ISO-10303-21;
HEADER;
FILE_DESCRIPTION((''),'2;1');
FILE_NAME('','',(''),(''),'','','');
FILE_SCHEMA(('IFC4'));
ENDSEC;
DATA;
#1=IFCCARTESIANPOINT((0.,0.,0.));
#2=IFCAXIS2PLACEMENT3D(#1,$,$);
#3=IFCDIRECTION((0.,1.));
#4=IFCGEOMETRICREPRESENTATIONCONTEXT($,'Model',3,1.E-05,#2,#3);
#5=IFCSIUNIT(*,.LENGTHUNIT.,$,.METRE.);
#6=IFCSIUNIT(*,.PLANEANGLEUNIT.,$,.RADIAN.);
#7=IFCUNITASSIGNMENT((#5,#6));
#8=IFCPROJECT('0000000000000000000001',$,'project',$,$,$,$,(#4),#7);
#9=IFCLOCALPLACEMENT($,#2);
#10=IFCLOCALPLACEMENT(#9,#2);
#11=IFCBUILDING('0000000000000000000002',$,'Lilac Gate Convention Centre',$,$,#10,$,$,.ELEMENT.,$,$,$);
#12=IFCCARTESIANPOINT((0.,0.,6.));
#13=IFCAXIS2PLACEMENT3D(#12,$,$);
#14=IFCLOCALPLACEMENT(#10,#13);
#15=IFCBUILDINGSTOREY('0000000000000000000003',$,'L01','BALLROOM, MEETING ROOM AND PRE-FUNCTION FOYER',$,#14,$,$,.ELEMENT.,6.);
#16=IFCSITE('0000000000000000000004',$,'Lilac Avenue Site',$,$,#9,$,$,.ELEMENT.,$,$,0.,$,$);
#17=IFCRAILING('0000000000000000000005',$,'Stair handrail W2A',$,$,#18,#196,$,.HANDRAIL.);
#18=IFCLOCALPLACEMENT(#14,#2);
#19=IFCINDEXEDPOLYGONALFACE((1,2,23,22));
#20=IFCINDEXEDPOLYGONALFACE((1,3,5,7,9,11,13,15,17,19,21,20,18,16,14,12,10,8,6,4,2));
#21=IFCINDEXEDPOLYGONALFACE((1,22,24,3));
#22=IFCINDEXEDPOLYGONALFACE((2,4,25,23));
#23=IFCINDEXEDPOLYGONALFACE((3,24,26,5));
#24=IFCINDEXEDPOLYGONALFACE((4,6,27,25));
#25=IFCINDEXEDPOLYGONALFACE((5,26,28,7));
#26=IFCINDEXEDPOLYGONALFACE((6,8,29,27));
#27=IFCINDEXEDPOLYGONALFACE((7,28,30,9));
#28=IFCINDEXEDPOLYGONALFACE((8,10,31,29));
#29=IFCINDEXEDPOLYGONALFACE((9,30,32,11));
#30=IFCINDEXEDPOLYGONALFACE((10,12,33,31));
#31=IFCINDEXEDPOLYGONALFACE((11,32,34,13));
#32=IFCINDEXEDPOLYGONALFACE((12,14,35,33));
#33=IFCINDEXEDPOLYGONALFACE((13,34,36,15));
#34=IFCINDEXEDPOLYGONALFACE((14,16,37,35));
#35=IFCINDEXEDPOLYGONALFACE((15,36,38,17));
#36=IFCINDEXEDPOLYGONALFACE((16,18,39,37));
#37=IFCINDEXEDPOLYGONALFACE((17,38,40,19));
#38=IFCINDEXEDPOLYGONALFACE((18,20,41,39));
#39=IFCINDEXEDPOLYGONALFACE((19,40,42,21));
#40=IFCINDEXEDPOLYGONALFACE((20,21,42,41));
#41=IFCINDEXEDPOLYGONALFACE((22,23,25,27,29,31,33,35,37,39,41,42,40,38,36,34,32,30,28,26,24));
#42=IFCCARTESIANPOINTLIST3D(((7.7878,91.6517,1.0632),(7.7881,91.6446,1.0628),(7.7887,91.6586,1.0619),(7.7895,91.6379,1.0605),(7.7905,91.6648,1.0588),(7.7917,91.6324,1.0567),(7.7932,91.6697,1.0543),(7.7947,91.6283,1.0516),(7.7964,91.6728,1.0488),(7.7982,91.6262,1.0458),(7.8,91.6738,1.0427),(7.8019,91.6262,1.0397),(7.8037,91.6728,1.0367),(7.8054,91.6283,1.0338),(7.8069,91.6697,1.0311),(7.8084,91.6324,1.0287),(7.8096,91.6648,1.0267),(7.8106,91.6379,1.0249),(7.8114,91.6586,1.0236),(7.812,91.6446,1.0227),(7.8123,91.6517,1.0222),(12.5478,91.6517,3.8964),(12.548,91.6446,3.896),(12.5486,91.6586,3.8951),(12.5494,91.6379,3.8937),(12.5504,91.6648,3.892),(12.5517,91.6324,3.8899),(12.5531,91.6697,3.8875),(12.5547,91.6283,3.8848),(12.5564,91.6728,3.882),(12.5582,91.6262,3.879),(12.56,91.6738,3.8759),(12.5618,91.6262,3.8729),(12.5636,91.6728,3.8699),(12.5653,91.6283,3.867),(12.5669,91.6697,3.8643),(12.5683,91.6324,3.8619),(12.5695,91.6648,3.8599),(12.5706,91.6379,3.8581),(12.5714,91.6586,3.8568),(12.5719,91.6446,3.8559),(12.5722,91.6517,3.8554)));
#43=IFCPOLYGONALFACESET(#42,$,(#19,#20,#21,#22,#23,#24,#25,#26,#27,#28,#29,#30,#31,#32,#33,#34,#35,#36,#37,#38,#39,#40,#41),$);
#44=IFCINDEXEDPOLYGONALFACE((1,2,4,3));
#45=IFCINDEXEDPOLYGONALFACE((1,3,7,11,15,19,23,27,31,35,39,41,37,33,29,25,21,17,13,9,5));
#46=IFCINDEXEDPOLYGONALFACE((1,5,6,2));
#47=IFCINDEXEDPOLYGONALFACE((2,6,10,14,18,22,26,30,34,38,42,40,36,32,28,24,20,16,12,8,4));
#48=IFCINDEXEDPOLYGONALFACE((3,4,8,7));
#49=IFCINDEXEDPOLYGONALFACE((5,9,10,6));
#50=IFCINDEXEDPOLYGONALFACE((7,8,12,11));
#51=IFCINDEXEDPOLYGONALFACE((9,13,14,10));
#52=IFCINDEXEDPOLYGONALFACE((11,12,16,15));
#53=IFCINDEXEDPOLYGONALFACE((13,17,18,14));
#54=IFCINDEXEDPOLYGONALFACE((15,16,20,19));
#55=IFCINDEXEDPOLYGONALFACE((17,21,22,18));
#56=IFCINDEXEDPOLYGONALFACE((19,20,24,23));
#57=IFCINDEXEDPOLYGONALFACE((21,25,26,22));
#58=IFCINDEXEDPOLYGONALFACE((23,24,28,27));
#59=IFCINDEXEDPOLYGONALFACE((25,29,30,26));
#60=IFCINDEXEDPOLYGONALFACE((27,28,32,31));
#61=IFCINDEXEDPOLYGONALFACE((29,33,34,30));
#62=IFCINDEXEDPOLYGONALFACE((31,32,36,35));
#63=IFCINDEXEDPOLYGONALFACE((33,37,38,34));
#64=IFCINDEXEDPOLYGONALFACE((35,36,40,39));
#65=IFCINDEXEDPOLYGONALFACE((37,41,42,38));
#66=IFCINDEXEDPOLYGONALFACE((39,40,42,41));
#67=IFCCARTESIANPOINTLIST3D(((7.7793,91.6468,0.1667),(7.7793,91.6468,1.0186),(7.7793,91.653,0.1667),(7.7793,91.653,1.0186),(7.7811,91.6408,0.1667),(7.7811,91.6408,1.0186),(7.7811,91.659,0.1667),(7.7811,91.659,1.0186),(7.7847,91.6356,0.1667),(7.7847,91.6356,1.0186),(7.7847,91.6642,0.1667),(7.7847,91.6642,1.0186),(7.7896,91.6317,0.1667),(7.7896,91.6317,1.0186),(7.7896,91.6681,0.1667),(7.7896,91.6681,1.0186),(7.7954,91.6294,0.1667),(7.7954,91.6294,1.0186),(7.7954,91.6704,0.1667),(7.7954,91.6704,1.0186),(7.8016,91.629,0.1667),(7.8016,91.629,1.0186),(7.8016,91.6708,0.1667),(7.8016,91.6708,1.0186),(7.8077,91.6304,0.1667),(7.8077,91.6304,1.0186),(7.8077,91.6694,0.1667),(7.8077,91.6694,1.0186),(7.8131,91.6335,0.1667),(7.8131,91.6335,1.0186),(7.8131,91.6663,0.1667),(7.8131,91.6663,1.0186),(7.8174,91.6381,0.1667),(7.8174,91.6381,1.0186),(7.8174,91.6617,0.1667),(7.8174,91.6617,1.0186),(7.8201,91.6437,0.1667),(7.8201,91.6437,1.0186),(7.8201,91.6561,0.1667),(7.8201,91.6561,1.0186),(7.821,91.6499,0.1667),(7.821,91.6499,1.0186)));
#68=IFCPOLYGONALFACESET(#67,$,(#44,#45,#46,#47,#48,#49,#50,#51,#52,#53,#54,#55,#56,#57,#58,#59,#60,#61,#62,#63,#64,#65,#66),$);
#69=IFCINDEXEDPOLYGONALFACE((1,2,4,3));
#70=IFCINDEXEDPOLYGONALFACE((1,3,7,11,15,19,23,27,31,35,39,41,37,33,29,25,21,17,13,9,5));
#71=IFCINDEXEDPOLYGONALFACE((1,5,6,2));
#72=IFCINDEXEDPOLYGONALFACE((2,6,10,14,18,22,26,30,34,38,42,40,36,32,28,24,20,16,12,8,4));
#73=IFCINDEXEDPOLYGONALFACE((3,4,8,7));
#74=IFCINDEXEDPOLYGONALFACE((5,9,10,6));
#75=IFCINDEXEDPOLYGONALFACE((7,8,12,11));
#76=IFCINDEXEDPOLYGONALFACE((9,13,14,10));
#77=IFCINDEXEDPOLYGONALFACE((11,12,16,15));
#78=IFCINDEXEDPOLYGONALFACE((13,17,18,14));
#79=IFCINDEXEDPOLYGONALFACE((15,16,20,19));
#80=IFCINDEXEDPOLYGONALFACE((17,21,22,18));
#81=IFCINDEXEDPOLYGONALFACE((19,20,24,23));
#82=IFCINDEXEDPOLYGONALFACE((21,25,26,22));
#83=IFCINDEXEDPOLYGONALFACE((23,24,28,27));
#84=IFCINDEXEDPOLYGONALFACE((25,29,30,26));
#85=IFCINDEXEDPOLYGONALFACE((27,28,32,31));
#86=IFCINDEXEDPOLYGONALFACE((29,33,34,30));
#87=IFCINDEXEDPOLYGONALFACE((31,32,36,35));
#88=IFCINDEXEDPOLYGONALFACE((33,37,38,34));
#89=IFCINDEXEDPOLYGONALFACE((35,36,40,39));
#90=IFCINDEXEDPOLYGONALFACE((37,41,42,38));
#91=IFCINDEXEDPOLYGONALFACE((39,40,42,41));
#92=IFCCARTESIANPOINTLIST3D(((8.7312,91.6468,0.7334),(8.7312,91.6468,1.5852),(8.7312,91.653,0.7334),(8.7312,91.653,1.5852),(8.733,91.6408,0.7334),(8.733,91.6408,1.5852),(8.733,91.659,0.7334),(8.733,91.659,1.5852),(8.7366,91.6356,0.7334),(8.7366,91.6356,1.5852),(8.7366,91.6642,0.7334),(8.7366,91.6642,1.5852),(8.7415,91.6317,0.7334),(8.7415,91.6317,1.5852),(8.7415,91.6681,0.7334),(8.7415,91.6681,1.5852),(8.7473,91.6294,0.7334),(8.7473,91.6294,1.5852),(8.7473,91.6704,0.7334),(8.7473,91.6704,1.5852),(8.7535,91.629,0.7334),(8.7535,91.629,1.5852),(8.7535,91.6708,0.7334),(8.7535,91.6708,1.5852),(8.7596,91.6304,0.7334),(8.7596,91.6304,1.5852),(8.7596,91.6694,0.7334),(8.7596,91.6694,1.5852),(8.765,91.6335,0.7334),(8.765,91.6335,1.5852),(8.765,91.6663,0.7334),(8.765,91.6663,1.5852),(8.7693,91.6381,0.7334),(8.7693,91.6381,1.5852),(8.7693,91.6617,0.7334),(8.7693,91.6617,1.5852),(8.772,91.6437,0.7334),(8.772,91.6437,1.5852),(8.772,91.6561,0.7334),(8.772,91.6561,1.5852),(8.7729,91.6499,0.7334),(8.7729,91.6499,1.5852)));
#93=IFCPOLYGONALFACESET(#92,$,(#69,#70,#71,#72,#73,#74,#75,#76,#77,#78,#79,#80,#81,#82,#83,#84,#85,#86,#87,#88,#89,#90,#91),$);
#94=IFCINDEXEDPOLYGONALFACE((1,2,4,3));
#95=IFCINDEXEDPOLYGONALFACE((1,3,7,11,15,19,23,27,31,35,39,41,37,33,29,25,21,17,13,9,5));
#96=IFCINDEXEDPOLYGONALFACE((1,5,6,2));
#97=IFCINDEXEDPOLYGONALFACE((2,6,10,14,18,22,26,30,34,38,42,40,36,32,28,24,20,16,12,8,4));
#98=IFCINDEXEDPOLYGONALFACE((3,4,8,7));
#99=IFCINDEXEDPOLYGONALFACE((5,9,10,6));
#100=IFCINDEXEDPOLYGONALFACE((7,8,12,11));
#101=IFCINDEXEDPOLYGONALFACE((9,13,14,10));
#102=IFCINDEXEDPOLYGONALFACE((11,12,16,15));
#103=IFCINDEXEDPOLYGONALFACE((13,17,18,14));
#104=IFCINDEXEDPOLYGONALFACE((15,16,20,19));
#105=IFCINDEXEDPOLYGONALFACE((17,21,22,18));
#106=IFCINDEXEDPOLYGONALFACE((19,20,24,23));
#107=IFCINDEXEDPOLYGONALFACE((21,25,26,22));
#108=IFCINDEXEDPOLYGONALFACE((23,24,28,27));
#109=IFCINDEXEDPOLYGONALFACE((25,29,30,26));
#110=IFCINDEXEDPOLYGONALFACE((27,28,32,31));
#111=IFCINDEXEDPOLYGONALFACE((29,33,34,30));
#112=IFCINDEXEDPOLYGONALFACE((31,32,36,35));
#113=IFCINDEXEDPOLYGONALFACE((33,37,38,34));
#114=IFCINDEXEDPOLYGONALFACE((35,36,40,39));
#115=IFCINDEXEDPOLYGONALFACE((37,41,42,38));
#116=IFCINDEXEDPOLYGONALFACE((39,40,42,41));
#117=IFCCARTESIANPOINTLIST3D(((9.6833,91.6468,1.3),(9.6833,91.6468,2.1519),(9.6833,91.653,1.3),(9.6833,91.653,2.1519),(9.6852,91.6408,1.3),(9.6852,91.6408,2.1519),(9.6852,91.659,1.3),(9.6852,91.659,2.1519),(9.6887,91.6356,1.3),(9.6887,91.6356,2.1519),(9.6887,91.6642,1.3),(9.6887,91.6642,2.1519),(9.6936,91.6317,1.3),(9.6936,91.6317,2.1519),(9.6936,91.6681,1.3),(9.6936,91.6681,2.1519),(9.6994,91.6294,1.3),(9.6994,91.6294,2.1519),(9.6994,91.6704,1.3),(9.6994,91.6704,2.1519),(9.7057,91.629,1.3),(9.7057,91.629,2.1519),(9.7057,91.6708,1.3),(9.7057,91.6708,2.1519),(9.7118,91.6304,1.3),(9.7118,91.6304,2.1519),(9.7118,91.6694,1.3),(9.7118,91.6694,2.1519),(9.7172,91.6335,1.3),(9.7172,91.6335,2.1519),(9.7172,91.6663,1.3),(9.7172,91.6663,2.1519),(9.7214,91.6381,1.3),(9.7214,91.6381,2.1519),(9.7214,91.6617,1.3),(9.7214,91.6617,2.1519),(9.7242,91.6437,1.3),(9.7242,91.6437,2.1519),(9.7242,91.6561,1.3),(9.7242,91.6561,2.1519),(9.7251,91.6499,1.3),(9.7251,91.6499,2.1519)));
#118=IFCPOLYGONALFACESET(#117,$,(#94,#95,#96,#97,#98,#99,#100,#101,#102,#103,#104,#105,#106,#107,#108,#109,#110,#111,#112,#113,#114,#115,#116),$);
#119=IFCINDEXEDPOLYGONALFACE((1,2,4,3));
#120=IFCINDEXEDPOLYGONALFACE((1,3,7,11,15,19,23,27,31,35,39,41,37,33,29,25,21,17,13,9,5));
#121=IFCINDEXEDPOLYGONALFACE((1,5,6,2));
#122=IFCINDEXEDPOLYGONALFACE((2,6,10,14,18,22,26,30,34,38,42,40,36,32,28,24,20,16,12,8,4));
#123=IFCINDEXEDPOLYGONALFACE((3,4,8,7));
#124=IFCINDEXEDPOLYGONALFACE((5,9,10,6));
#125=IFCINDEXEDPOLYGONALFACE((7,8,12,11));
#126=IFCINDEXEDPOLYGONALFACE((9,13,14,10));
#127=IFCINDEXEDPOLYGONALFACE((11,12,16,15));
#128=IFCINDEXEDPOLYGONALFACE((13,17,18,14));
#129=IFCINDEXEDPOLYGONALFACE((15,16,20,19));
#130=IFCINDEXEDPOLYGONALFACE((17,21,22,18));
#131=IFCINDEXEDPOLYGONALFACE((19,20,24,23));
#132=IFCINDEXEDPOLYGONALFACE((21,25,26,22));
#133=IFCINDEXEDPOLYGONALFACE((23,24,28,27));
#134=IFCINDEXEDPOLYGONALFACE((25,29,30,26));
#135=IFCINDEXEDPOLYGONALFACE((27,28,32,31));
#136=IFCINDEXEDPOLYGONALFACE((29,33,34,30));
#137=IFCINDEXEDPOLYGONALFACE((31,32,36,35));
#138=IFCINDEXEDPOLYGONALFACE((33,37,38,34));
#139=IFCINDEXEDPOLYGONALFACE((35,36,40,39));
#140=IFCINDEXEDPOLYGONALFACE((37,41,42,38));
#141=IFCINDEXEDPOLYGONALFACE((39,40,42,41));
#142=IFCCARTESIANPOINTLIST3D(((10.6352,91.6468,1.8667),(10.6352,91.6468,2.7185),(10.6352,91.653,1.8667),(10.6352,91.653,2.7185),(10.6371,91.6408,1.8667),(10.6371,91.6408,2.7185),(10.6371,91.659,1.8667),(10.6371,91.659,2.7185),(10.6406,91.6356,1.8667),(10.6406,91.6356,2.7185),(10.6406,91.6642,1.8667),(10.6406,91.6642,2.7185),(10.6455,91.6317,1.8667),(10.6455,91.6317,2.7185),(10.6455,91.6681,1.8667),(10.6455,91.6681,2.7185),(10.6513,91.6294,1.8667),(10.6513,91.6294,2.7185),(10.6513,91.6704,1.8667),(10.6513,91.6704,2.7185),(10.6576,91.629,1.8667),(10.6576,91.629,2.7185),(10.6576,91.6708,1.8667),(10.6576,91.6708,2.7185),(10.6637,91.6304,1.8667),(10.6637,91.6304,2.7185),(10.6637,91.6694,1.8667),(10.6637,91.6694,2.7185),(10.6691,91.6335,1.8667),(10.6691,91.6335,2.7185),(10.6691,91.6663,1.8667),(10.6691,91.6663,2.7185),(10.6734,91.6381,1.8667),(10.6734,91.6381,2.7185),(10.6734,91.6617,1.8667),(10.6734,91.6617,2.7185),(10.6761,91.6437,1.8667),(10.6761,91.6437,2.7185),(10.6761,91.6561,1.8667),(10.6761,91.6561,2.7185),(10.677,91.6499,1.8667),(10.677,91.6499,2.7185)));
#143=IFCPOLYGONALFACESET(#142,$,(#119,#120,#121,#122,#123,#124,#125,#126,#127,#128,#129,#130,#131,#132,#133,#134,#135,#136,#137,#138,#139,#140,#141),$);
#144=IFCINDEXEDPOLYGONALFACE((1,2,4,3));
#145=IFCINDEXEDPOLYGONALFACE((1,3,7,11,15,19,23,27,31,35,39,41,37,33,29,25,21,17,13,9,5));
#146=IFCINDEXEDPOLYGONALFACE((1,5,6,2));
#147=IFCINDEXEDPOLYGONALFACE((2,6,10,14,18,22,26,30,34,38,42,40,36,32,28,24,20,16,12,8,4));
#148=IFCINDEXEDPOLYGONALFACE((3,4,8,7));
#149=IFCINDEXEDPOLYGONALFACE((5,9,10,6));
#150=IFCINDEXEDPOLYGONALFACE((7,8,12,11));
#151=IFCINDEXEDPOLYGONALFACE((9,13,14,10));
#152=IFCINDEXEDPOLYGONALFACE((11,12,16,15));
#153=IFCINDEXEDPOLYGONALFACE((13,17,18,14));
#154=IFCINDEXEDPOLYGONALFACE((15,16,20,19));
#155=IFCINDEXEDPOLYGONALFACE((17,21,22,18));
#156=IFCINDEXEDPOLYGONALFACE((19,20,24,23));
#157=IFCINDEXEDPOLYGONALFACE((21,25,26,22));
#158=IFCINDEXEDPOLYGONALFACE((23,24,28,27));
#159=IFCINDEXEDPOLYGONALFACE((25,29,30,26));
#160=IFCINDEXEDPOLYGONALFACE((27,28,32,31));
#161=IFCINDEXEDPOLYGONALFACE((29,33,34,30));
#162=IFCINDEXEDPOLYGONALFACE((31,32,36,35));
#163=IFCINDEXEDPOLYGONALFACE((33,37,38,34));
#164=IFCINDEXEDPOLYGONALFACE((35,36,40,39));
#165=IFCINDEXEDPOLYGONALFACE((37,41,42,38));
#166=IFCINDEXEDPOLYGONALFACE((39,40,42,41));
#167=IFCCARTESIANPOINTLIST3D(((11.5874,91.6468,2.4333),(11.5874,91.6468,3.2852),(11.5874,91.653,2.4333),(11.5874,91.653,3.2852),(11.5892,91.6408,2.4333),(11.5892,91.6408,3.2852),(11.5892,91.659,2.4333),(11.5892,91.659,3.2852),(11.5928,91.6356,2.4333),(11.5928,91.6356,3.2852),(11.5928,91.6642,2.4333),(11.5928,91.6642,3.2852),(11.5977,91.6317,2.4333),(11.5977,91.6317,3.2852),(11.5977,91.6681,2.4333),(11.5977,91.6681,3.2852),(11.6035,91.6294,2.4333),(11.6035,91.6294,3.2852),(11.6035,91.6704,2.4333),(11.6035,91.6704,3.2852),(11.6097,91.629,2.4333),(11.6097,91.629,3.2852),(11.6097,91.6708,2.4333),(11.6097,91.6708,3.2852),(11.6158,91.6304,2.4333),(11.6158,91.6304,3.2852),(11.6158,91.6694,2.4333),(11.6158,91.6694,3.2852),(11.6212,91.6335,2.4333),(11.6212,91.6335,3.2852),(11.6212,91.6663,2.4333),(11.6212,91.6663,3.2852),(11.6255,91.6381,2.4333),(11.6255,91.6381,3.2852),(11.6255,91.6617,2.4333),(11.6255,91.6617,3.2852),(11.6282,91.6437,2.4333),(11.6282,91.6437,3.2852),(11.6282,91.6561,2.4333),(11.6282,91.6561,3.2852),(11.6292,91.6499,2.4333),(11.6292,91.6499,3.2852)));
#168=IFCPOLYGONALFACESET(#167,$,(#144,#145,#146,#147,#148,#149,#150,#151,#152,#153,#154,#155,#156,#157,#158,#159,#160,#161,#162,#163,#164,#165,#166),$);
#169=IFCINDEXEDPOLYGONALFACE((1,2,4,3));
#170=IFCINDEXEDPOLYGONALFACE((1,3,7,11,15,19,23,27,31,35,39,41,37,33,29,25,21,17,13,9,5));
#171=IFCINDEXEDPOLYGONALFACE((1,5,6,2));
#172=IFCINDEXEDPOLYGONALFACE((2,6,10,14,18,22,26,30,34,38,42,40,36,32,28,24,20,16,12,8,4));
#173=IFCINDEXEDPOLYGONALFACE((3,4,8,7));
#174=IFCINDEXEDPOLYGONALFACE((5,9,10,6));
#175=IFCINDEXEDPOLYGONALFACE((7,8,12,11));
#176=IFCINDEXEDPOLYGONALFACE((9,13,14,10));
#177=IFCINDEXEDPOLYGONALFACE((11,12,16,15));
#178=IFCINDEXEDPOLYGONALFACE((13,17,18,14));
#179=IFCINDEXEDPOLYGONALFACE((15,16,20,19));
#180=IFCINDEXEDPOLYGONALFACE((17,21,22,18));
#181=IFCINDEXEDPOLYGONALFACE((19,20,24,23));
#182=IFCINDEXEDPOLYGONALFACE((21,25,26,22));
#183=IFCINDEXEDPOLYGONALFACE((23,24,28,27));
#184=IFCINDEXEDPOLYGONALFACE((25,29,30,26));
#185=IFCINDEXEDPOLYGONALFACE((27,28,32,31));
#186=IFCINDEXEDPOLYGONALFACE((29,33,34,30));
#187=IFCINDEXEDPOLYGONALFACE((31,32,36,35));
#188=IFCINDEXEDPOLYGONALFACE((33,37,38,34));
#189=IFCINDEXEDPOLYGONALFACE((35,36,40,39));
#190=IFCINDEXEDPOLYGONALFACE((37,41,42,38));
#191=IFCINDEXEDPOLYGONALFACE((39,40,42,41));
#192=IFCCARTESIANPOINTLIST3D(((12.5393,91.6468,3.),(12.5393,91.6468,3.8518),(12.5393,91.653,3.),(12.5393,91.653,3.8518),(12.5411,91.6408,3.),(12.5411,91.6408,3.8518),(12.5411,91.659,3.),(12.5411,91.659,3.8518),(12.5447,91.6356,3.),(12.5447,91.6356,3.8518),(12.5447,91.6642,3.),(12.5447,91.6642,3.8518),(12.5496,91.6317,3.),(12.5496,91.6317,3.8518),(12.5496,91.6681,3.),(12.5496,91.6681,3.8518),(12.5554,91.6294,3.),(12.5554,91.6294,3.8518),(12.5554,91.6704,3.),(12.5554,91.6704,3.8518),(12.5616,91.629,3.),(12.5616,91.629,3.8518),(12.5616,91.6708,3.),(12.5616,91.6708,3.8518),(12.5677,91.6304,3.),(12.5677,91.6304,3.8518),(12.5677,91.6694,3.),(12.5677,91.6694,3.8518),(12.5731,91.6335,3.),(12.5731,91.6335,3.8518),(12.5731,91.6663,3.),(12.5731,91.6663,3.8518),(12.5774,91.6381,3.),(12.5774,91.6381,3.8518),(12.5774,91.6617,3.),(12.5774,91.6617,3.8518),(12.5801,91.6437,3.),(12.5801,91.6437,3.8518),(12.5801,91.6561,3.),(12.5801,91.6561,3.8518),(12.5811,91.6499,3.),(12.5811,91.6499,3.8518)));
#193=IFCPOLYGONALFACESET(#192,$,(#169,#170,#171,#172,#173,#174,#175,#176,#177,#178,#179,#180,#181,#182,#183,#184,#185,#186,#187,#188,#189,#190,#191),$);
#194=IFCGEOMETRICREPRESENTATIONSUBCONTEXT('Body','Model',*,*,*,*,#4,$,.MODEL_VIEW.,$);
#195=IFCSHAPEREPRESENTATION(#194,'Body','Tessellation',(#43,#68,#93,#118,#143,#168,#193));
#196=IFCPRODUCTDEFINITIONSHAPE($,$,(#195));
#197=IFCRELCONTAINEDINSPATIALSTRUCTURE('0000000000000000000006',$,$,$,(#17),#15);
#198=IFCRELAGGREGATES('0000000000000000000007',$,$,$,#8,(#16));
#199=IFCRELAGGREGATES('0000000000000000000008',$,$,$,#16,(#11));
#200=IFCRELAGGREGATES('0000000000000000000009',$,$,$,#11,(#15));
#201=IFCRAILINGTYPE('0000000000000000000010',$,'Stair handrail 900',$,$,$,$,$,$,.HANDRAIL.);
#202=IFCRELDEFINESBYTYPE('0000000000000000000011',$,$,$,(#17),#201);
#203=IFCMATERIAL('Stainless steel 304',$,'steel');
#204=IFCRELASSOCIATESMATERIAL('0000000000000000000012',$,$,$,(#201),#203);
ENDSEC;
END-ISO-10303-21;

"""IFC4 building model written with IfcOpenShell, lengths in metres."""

from ifc_helpers import new_model, si_unit, direction, frame, origin, origin_2d, place, context, subcontext, project, spatial, circle, extrude, material, type_object, element, save


model = new_model("IFC4")

# Units and contexts
model_context = context("Model", 3, precision=1e-05, world=origin(), true_north=direction((0.0, 1.0)))
body_context = subcontext(model_context, "Body", "Model", "MODEL_VIEW")
ifc_project = project(units=[si_unit("LENGTHUNIT", "METRE"), si_unit("PLANEANGLEUNIT", "RADIAN")], contexts=[model_context])

# Site, building, storey
site_placement = place(None, origin())
site = spatial("IfcSite", under=ifc_project, at=site_placement, Name="Lilac Avenue Site", CompositionType="ELEMENT", RefElevation=0.0)
building_placement = place(site_placement, origin())
building = spatial("IfcBuilding", under=site, at=building_placement, Name="Lilac Gate Convention Centre", CompositionType="ELEMENT")
storey_placement = place(building_placement, frame((0.0, 0.0, 6.0)))
storey = spatial("IfcBuildingStorey", under=building, at=storey_placement, Name="L01", Description="BALLROOM, MEETING ROOM AND PRE-FUNCTION FOYER", CompositionType="ELEMENT", Elevation=6.0)

# Railing
ifc_material_1 = material(Name="Stainless steel 304", Category="steel")
railing_type = type_object("IfcRailingType", Name="Stair handrail 900", PredefinedType="HANDRAIL", material=ifc_material_1)
for number, where, name in (
    (1, (7.8, 91.6499, 0.1667), "Stair handrail W2A"),
):
    element("IfcRailing", number, at=place(storey_placement, frame(where)), inside=storey, type_object=railing_type, Name=name, PredefinedType="HANDRAIL", context=body_context, shape_type="SweptSolid", body=[
        extrude(circle(Radius=0.0239, at=origin_2d()), frame((0.0, 0.0, 0.876), z_axis=(0.8593, 0.0, 0.511472), x_axis=(0.0, 1.0, 0.0)), (0.0, 0.0, 1.0), 5.5393),
        extrude(circle(Radius=0.021, at=origin_2d()), origin(), (0.0, 0.0, 1.0), 0.8518),
        extrude(circle(Radius=0.021, at=origin_2d()), frame((0.9519, 0.0, 0.5667)), (0.0, 0.0, 1.0), 0.8518),
        extrude(circle(Radius=0.021, at=origin_2d()), frame((1.9041, 0.0, 1.1333)), (0.0, 0.0, 1.0), 0.8518),
        extrude(circle(Radius=0.021, at=origin_2d()), frame((2.856, 0.0, 1.7)), (0.0, 0.0, 1.0), 0.8518),
        extrude(circle(Radius=0.021, at=origin_2d()), frame((3.8081, 0.0, 2.2666)), (0.0, 0.0, 1.0), 0.8518),
        extrude(circle(Radius=0.021, at=origin_2d()), frame((4.76, 0.0, 2.8333)), (0.0, 0.0, 1.0), 0.8518),
    ])

save(model, "model.ifc")
